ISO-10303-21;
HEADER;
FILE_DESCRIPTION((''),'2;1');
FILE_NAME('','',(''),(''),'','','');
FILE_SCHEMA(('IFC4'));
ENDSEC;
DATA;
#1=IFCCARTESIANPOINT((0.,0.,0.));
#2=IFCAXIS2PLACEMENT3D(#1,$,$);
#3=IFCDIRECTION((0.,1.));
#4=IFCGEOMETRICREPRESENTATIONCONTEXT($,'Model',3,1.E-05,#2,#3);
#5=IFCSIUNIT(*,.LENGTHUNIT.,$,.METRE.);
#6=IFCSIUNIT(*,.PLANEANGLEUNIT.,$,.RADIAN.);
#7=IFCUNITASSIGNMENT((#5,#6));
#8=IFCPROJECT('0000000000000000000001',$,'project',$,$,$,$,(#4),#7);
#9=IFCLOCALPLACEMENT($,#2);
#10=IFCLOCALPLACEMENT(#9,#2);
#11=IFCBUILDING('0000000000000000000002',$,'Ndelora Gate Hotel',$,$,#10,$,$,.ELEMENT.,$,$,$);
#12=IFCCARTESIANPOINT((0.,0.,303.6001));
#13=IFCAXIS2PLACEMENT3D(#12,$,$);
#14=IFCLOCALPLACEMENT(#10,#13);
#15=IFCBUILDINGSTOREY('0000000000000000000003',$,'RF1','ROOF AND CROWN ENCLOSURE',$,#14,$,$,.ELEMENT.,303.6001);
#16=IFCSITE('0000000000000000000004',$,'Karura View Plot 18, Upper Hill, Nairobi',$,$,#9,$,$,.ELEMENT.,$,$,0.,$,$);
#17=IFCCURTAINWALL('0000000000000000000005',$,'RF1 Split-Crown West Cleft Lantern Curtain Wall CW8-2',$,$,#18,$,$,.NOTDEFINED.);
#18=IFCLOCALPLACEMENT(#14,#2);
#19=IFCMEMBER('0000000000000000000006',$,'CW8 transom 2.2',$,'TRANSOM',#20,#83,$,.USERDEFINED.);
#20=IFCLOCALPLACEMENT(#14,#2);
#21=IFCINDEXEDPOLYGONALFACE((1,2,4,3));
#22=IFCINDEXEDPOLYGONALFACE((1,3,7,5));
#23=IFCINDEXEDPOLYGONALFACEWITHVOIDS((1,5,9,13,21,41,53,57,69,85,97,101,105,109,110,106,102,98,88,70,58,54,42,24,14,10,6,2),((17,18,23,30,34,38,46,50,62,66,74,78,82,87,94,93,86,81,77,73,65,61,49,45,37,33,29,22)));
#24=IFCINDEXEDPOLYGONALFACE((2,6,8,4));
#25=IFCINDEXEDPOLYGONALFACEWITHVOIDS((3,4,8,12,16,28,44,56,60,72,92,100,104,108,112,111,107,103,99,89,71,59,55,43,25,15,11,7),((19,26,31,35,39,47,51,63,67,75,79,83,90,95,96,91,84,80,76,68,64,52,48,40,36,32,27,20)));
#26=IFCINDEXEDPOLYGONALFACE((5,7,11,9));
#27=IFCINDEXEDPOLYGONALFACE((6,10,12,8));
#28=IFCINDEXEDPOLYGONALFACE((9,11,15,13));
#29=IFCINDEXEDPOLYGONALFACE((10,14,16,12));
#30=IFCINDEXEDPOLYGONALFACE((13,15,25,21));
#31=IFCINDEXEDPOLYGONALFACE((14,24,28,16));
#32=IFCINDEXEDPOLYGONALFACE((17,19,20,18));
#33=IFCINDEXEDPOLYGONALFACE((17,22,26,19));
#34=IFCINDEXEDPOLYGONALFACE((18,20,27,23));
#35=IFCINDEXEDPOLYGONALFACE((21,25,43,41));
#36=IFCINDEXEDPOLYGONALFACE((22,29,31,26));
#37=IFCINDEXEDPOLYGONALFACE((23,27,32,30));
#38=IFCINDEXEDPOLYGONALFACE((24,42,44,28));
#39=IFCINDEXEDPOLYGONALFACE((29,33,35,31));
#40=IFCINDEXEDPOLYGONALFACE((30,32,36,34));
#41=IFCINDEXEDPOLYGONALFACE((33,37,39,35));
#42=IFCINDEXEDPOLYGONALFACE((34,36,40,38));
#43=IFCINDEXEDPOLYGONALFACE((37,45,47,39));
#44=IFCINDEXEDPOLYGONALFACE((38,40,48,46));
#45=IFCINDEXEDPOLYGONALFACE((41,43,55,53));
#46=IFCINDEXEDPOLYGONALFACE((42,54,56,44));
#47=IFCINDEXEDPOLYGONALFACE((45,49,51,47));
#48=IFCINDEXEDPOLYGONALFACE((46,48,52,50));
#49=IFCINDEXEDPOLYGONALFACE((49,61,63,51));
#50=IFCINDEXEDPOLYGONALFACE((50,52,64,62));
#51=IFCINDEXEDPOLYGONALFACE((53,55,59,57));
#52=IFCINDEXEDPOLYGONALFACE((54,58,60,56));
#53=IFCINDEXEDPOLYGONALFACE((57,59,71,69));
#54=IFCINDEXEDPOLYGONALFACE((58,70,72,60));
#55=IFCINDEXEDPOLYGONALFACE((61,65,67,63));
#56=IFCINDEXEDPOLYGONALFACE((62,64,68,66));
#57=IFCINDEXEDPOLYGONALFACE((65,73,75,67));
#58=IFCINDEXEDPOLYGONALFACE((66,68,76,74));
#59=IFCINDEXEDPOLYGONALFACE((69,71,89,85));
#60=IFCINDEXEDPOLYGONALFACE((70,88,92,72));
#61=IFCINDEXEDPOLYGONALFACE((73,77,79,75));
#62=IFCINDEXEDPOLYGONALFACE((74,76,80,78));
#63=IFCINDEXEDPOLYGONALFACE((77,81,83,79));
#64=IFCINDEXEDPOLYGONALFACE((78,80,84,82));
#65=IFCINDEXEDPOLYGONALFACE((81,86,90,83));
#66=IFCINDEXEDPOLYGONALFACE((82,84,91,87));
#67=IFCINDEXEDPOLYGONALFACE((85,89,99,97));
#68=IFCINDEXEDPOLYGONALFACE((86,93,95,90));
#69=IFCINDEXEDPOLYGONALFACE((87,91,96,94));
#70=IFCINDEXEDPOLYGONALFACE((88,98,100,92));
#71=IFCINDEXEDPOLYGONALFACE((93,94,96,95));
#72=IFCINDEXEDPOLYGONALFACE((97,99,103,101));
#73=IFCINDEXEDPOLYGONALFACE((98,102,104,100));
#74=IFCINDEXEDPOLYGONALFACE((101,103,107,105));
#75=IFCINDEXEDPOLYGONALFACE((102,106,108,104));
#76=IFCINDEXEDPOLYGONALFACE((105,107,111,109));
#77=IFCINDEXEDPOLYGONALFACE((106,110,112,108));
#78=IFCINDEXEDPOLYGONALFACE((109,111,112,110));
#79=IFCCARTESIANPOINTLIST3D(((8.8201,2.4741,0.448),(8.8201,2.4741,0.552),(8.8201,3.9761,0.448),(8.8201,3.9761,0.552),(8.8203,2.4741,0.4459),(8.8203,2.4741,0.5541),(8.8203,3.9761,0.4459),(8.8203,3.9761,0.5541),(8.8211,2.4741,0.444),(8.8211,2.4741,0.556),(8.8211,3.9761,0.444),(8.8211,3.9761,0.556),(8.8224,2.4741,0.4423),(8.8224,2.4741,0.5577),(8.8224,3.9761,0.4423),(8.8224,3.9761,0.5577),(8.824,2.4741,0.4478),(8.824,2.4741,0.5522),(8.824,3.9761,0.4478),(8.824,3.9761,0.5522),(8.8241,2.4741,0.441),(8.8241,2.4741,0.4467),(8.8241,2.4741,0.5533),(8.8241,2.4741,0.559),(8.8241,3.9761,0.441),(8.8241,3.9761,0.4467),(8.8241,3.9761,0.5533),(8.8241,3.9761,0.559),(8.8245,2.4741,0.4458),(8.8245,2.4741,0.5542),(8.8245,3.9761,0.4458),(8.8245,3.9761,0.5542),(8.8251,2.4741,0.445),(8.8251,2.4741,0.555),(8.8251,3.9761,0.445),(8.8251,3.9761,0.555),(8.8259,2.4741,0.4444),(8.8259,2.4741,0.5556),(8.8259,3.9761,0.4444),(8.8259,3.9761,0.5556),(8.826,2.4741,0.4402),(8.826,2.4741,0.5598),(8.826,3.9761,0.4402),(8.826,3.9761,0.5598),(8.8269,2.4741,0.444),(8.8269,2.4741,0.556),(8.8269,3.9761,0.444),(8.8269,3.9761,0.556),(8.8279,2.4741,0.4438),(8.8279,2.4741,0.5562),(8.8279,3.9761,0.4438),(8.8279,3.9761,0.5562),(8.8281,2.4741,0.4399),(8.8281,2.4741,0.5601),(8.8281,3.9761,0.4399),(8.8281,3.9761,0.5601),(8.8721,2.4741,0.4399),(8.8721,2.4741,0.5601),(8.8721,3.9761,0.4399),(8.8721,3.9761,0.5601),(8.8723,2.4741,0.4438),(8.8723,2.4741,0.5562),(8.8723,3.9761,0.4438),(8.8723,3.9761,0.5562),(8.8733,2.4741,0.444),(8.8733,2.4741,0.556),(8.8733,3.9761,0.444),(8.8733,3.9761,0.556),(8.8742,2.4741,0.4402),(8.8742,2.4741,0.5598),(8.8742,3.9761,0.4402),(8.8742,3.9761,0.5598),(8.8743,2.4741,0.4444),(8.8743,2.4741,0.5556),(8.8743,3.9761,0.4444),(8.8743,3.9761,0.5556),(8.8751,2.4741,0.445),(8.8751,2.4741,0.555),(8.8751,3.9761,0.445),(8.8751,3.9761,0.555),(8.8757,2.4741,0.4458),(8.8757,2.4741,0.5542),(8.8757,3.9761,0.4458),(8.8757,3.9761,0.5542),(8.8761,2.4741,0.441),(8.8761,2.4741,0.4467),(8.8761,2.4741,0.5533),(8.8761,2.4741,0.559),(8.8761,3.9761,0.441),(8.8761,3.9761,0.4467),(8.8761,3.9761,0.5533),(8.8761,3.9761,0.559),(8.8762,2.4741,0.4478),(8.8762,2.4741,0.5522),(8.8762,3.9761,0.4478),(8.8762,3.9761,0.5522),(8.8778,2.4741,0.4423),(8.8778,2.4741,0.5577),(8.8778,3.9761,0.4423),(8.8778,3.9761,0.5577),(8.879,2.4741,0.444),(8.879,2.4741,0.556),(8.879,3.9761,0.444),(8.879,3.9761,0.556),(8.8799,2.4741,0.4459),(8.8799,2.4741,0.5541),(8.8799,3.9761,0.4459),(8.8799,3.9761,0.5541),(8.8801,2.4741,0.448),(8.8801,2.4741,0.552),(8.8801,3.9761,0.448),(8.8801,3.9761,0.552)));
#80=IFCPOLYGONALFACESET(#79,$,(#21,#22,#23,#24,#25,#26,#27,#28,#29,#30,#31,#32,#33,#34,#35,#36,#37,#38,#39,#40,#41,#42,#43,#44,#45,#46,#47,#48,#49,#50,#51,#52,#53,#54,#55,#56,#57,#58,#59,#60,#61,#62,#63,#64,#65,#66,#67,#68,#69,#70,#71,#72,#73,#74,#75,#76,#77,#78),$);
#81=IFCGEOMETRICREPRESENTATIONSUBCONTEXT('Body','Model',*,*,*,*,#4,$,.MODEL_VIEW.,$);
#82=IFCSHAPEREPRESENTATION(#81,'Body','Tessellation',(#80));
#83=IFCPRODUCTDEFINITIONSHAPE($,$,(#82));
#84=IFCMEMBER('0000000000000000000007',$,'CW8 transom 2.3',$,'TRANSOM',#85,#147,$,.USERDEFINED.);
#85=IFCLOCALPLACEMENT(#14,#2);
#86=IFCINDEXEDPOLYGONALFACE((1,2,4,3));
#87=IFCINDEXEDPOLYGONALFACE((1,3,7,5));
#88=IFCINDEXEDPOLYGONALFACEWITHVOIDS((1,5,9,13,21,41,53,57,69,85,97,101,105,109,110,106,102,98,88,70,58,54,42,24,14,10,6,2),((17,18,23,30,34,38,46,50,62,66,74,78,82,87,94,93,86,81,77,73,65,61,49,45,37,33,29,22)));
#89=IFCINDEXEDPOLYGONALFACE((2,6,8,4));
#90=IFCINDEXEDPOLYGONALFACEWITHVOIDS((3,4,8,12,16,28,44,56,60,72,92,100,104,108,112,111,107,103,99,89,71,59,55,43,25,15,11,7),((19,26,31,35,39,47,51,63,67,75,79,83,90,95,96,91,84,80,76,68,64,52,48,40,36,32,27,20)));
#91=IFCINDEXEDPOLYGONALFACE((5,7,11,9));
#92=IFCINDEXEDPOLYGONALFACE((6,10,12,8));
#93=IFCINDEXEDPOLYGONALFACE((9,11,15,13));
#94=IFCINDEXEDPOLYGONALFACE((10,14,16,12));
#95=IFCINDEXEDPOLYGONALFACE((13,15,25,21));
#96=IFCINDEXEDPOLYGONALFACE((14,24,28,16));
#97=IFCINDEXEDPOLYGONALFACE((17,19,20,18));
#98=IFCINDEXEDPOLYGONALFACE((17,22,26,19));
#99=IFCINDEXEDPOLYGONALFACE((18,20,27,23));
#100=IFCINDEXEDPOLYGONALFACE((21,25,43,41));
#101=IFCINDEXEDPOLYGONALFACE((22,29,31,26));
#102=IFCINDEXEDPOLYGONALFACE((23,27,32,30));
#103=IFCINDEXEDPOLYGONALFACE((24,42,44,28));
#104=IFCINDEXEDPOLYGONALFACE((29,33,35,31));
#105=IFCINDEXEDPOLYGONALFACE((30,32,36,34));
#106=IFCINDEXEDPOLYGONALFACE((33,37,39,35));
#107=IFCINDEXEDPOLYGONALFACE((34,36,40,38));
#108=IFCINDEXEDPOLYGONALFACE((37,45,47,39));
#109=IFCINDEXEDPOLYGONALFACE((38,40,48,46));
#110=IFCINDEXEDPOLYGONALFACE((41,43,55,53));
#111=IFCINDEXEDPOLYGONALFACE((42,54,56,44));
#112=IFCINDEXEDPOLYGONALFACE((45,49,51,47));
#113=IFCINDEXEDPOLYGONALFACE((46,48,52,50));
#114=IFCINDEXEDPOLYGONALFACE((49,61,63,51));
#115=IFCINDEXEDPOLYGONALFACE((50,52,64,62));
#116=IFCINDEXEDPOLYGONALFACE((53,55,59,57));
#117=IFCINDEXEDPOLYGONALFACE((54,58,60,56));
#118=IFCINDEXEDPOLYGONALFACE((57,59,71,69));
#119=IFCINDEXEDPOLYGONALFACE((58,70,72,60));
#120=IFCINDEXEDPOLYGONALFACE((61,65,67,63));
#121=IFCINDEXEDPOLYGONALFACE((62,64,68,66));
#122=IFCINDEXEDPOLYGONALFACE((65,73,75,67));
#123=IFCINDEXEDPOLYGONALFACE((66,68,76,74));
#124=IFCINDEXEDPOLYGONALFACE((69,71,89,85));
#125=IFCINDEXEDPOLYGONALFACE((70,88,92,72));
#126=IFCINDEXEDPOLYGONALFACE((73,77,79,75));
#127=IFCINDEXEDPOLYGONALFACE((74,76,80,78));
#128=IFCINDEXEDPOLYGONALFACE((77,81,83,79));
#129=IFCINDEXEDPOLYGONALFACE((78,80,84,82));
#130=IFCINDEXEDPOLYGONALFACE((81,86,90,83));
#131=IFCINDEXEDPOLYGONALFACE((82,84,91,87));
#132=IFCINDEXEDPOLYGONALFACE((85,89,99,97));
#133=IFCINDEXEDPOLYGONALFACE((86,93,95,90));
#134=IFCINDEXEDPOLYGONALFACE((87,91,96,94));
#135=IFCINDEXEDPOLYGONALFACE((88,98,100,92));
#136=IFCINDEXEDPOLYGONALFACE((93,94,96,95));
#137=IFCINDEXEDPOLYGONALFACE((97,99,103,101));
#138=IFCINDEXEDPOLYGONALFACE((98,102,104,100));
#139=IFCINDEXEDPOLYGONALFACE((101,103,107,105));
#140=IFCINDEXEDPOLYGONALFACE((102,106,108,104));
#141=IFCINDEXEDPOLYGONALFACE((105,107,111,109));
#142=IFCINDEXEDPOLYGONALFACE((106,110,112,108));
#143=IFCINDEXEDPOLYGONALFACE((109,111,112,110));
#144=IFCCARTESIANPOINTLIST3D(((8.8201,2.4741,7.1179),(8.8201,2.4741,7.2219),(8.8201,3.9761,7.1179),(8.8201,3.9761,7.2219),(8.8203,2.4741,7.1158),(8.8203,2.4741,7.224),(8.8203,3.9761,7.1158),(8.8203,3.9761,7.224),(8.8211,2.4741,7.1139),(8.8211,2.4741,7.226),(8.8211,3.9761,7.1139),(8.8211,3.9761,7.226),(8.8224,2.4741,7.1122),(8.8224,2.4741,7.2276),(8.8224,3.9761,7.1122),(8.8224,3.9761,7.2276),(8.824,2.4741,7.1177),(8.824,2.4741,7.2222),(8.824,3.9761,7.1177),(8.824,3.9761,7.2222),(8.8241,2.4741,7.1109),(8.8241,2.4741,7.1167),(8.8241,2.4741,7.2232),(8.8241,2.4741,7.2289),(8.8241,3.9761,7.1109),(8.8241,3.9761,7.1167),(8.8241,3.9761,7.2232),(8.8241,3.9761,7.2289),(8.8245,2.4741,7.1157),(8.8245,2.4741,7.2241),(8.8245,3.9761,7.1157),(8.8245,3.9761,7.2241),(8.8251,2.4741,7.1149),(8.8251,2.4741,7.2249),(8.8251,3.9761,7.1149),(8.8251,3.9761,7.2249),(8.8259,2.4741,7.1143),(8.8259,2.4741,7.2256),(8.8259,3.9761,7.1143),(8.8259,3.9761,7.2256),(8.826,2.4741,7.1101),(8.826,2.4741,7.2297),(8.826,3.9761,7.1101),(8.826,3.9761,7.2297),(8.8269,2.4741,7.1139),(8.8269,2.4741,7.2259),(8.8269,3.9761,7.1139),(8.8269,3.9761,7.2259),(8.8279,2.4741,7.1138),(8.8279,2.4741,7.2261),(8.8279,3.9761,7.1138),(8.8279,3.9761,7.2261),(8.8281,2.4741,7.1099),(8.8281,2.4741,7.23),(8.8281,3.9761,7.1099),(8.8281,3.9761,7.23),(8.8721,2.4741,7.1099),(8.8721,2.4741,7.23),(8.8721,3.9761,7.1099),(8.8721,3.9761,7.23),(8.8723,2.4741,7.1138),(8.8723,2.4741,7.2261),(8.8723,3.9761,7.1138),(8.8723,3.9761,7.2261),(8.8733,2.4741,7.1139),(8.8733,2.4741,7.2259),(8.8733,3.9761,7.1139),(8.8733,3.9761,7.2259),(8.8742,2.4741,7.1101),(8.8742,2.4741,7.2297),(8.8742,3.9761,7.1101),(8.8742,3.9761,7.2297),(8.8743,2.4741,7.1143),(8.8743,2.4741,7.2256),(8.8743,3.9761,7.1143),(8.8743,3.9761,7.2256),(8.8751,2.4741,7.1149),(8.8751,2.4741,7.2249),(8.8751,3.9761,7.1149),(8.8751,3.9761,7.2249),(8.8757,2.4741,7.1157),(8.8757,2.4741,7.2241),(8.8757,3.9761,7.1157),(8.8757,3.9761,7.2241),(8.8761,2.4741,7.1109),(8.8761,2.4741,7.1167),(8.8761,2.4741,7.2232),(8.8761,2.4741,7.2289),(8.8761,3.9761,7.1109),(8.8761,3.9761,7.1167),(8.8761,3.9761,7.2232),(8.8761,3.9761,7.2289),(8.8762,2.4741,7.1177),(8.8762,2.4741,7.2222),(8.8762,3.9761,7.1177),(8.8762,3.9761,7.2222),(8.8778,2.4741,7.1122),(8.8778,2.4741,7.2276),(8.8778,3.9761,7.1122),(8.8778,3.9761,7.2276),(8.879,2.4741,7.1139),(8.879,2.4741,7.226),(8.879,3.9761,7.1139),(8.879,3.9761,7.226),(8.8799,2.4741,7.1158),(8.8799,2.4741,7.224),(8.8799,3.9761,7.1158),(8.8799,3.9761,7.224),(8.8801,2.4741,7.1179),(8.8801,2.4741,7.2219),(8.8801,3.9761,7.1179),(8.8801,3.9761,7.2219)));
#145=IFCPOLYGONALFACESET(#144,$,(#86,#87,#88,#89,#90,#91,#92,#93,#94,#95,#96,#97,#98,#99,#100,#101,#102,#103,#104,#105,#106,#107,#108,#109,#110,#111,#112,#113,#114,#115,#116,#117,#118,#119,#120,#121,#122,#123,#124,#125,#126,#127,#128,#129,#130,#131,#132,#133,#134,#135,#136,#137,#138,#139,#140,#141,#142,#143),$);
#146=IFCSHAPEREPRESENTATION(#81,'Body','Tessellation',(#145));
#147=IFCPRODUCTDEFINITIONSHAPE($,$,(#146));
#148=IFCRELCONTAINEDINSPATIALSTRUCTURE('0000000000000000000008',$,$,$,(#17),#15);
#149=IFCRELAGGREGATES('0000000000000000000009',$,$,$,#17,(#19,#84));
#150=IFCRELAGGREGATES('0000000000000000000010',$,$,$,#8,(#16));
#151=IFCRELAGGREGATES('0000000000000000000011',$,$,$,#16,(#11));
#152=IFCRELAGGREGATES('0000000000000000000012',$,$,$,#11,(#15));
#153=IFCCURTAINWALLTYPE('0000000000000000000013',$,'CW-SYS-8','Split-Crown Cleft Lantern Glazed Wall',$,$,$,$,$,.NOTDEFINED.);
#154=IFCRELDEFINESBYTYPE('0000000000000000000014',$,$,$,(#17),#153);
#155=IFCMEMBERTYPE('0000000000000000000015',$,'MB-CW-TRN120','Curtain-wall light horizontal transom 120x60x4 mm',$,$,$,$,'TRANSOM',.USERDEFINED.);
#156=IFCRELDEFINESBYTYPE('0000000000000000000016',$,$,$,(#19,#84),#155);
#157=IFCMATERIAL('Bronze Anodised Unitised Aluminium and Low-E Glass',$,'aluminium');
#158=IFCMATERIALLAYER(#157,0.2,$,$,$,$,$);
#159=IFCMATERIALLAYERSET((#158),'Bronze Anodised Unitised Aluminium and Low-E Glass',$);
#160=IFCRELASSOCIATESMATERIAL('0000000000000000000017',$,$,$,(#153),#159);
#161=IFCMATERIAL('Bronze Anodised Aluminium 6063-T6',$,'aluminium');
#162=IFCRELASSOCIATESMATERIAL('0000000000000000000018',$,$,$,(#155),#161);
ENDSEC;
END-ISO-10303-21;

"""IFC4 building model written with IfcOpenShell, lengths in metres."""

from ifc_helpers import new_model, si_unit, direction, frame, origin, origin_2d, place, context, subcontext, project, spatial, hollow_rectangle, extrude, material, layer, layer_set, material_profile, profile_set, type_object, element, aggregate, save


model = new_model("IFC4")

# Units and contexts
model_context = context("Model", 3, precision=1e-05, world=origin(), true_north=direction((0.0, 1.0)))
body_context = subcontext(model_context, "Body", "Model", "MODEL_VIEW")
ifc_project = project(units=[si_unit("LENGTHUNIT", "METRE"), si_unit("PLANEANGLEUNIT", "RADIAN")], contexts=[model_context])

# Site, building, storey
site_placement = place(None, origin())
site = spatial("IfcSite", under=ifc_project, at=site_placement, Name="Karura View Plot 18, Upper Hill, Nairobi", CompositionType="ELEMENT", RefElevation=0.0)
building_placement = place(site_placement, origin())
building = spatial("IfcBuilding", under=site, at=building_placement, Name="Ndelora Gate Hotel", CompositionType="ELEMENT")
storey_placement = place(building_placement, frame((0.0, 0.0, 303.6001)))
storey = spatial("IfcBuildingStorey", under=building, at=storey_placement, Name="RF1", Description="ROOF AND CROWN ENCLOSURE", CompositionType="ELEMENT", Elevation=303.6001)

# Curtain wall
ifc_material_1 = material(Name="Bronze Anodised Unitised Aluminium and Low-E Glass", Category="aluminium")
ifc_layer_1 = layer(ifc_material_1, 0.2)
ifc_layer_set_1 = layer_set([ifc_layer_1], Name="Bronze Anodised Unitised Aluminium and Low-E Glass")
curtain_wall_type = type_object("IfcCurtainWallType", Name="CW-SYS-8", Description="Split-Crown Cleft Lantern Glazed Wall", PredefinedType="NOTDEFINED", material=ifc_layer_set_1)
curtain_wall_1_placement = place(storey_placement, origin())
curtain_wall_1 = element("IfcCurtainWall", 1, at=curtain_wall_1_placement, inside=storey, type_object=curtain_wall_type, Name="RF1 Split-Crown West Cleft Lantern Curtain Wall CW8-2", PredefinedType="NOTDEFINED")
ifc_material_2 = material(Name="Bronze Anodised Aluminium 6063-T6", Category="aluminium")

# Members
ifc_material_profile_1 = material_profile(ifc_material_2, hollow_rectangle(XDim=0.0601, YDim=0.1201, WallThickness=0.0039, InnerFilletRadius=0.0039, OuterFilletRadius=0.0081, at=origin_2d()), Name="ALU 120x60x4")
ifc_profile_set_1 = profile_set([ifc_material_profile_1], Name="Bronze Anodised Aluminium 6063-T6")
member_type_1 = type_object("IfcMemberType", Name="MB-CW-TRN120", Description="Curtain-wall light horizontal transom 120x60x4 mm", ElementType="TRANSOM", PredefinedType="USERDEFINED", material=ifc_profile_set_1)
member_1_placement = place(storey_placement, frame((8.8501, 2.4741, 0.5), z_axis=(0.0, 1.0, 0.0), x_axis=(-1.0, 0.0, 0.0)))
member_1 = element("IfcMember", 2, at=member_1_placement, type_object=member_type_1, Name="CW8 transom 2.2", ObjectType="TRANSOM", PredefinedType="USERDEFINED", context=body_context, shape_type="SweptSolid", body=[
    extrude(hollow_rectangle(XDim=0.0601, YDim=0.1201, WallThickness=0.0039, InnerFilletRadius=0.0039, OuterFilletRadius=0.0081, at=origin_2d()), origin(), (0.0, 0.0, 1.0), 1.502),
])
member_2_placement = place(storey_placement, frame((8.8501, 2.4741, 7.1699), z_axis=(0.0, 1.0, 0.0), x_axis=(-1.0, 0.0, 0.0)))
member_2 = element("IfcMember", 3, at=member_2_placement, type_object=member_type_1, Name="CW8 transom 2.3", ObjectType="TRANSOM", PredefinedType="USERDEFINED", context=body_context, shape_type="SweptSolid", body=[
    extrude(hollow_rectangle(XDim=0.0601, YDim=0.1201, WallThickness=0.0039, InnerFilletRadius=0.0039, OuterFilletRadius=0.0081, at=origin_2d()), origin(), (0.0, 0.0, 1.0), 1.502),
])

aggregate(curtain_wall_1, [member_1, member_2])

save(model, "model.ifc")
